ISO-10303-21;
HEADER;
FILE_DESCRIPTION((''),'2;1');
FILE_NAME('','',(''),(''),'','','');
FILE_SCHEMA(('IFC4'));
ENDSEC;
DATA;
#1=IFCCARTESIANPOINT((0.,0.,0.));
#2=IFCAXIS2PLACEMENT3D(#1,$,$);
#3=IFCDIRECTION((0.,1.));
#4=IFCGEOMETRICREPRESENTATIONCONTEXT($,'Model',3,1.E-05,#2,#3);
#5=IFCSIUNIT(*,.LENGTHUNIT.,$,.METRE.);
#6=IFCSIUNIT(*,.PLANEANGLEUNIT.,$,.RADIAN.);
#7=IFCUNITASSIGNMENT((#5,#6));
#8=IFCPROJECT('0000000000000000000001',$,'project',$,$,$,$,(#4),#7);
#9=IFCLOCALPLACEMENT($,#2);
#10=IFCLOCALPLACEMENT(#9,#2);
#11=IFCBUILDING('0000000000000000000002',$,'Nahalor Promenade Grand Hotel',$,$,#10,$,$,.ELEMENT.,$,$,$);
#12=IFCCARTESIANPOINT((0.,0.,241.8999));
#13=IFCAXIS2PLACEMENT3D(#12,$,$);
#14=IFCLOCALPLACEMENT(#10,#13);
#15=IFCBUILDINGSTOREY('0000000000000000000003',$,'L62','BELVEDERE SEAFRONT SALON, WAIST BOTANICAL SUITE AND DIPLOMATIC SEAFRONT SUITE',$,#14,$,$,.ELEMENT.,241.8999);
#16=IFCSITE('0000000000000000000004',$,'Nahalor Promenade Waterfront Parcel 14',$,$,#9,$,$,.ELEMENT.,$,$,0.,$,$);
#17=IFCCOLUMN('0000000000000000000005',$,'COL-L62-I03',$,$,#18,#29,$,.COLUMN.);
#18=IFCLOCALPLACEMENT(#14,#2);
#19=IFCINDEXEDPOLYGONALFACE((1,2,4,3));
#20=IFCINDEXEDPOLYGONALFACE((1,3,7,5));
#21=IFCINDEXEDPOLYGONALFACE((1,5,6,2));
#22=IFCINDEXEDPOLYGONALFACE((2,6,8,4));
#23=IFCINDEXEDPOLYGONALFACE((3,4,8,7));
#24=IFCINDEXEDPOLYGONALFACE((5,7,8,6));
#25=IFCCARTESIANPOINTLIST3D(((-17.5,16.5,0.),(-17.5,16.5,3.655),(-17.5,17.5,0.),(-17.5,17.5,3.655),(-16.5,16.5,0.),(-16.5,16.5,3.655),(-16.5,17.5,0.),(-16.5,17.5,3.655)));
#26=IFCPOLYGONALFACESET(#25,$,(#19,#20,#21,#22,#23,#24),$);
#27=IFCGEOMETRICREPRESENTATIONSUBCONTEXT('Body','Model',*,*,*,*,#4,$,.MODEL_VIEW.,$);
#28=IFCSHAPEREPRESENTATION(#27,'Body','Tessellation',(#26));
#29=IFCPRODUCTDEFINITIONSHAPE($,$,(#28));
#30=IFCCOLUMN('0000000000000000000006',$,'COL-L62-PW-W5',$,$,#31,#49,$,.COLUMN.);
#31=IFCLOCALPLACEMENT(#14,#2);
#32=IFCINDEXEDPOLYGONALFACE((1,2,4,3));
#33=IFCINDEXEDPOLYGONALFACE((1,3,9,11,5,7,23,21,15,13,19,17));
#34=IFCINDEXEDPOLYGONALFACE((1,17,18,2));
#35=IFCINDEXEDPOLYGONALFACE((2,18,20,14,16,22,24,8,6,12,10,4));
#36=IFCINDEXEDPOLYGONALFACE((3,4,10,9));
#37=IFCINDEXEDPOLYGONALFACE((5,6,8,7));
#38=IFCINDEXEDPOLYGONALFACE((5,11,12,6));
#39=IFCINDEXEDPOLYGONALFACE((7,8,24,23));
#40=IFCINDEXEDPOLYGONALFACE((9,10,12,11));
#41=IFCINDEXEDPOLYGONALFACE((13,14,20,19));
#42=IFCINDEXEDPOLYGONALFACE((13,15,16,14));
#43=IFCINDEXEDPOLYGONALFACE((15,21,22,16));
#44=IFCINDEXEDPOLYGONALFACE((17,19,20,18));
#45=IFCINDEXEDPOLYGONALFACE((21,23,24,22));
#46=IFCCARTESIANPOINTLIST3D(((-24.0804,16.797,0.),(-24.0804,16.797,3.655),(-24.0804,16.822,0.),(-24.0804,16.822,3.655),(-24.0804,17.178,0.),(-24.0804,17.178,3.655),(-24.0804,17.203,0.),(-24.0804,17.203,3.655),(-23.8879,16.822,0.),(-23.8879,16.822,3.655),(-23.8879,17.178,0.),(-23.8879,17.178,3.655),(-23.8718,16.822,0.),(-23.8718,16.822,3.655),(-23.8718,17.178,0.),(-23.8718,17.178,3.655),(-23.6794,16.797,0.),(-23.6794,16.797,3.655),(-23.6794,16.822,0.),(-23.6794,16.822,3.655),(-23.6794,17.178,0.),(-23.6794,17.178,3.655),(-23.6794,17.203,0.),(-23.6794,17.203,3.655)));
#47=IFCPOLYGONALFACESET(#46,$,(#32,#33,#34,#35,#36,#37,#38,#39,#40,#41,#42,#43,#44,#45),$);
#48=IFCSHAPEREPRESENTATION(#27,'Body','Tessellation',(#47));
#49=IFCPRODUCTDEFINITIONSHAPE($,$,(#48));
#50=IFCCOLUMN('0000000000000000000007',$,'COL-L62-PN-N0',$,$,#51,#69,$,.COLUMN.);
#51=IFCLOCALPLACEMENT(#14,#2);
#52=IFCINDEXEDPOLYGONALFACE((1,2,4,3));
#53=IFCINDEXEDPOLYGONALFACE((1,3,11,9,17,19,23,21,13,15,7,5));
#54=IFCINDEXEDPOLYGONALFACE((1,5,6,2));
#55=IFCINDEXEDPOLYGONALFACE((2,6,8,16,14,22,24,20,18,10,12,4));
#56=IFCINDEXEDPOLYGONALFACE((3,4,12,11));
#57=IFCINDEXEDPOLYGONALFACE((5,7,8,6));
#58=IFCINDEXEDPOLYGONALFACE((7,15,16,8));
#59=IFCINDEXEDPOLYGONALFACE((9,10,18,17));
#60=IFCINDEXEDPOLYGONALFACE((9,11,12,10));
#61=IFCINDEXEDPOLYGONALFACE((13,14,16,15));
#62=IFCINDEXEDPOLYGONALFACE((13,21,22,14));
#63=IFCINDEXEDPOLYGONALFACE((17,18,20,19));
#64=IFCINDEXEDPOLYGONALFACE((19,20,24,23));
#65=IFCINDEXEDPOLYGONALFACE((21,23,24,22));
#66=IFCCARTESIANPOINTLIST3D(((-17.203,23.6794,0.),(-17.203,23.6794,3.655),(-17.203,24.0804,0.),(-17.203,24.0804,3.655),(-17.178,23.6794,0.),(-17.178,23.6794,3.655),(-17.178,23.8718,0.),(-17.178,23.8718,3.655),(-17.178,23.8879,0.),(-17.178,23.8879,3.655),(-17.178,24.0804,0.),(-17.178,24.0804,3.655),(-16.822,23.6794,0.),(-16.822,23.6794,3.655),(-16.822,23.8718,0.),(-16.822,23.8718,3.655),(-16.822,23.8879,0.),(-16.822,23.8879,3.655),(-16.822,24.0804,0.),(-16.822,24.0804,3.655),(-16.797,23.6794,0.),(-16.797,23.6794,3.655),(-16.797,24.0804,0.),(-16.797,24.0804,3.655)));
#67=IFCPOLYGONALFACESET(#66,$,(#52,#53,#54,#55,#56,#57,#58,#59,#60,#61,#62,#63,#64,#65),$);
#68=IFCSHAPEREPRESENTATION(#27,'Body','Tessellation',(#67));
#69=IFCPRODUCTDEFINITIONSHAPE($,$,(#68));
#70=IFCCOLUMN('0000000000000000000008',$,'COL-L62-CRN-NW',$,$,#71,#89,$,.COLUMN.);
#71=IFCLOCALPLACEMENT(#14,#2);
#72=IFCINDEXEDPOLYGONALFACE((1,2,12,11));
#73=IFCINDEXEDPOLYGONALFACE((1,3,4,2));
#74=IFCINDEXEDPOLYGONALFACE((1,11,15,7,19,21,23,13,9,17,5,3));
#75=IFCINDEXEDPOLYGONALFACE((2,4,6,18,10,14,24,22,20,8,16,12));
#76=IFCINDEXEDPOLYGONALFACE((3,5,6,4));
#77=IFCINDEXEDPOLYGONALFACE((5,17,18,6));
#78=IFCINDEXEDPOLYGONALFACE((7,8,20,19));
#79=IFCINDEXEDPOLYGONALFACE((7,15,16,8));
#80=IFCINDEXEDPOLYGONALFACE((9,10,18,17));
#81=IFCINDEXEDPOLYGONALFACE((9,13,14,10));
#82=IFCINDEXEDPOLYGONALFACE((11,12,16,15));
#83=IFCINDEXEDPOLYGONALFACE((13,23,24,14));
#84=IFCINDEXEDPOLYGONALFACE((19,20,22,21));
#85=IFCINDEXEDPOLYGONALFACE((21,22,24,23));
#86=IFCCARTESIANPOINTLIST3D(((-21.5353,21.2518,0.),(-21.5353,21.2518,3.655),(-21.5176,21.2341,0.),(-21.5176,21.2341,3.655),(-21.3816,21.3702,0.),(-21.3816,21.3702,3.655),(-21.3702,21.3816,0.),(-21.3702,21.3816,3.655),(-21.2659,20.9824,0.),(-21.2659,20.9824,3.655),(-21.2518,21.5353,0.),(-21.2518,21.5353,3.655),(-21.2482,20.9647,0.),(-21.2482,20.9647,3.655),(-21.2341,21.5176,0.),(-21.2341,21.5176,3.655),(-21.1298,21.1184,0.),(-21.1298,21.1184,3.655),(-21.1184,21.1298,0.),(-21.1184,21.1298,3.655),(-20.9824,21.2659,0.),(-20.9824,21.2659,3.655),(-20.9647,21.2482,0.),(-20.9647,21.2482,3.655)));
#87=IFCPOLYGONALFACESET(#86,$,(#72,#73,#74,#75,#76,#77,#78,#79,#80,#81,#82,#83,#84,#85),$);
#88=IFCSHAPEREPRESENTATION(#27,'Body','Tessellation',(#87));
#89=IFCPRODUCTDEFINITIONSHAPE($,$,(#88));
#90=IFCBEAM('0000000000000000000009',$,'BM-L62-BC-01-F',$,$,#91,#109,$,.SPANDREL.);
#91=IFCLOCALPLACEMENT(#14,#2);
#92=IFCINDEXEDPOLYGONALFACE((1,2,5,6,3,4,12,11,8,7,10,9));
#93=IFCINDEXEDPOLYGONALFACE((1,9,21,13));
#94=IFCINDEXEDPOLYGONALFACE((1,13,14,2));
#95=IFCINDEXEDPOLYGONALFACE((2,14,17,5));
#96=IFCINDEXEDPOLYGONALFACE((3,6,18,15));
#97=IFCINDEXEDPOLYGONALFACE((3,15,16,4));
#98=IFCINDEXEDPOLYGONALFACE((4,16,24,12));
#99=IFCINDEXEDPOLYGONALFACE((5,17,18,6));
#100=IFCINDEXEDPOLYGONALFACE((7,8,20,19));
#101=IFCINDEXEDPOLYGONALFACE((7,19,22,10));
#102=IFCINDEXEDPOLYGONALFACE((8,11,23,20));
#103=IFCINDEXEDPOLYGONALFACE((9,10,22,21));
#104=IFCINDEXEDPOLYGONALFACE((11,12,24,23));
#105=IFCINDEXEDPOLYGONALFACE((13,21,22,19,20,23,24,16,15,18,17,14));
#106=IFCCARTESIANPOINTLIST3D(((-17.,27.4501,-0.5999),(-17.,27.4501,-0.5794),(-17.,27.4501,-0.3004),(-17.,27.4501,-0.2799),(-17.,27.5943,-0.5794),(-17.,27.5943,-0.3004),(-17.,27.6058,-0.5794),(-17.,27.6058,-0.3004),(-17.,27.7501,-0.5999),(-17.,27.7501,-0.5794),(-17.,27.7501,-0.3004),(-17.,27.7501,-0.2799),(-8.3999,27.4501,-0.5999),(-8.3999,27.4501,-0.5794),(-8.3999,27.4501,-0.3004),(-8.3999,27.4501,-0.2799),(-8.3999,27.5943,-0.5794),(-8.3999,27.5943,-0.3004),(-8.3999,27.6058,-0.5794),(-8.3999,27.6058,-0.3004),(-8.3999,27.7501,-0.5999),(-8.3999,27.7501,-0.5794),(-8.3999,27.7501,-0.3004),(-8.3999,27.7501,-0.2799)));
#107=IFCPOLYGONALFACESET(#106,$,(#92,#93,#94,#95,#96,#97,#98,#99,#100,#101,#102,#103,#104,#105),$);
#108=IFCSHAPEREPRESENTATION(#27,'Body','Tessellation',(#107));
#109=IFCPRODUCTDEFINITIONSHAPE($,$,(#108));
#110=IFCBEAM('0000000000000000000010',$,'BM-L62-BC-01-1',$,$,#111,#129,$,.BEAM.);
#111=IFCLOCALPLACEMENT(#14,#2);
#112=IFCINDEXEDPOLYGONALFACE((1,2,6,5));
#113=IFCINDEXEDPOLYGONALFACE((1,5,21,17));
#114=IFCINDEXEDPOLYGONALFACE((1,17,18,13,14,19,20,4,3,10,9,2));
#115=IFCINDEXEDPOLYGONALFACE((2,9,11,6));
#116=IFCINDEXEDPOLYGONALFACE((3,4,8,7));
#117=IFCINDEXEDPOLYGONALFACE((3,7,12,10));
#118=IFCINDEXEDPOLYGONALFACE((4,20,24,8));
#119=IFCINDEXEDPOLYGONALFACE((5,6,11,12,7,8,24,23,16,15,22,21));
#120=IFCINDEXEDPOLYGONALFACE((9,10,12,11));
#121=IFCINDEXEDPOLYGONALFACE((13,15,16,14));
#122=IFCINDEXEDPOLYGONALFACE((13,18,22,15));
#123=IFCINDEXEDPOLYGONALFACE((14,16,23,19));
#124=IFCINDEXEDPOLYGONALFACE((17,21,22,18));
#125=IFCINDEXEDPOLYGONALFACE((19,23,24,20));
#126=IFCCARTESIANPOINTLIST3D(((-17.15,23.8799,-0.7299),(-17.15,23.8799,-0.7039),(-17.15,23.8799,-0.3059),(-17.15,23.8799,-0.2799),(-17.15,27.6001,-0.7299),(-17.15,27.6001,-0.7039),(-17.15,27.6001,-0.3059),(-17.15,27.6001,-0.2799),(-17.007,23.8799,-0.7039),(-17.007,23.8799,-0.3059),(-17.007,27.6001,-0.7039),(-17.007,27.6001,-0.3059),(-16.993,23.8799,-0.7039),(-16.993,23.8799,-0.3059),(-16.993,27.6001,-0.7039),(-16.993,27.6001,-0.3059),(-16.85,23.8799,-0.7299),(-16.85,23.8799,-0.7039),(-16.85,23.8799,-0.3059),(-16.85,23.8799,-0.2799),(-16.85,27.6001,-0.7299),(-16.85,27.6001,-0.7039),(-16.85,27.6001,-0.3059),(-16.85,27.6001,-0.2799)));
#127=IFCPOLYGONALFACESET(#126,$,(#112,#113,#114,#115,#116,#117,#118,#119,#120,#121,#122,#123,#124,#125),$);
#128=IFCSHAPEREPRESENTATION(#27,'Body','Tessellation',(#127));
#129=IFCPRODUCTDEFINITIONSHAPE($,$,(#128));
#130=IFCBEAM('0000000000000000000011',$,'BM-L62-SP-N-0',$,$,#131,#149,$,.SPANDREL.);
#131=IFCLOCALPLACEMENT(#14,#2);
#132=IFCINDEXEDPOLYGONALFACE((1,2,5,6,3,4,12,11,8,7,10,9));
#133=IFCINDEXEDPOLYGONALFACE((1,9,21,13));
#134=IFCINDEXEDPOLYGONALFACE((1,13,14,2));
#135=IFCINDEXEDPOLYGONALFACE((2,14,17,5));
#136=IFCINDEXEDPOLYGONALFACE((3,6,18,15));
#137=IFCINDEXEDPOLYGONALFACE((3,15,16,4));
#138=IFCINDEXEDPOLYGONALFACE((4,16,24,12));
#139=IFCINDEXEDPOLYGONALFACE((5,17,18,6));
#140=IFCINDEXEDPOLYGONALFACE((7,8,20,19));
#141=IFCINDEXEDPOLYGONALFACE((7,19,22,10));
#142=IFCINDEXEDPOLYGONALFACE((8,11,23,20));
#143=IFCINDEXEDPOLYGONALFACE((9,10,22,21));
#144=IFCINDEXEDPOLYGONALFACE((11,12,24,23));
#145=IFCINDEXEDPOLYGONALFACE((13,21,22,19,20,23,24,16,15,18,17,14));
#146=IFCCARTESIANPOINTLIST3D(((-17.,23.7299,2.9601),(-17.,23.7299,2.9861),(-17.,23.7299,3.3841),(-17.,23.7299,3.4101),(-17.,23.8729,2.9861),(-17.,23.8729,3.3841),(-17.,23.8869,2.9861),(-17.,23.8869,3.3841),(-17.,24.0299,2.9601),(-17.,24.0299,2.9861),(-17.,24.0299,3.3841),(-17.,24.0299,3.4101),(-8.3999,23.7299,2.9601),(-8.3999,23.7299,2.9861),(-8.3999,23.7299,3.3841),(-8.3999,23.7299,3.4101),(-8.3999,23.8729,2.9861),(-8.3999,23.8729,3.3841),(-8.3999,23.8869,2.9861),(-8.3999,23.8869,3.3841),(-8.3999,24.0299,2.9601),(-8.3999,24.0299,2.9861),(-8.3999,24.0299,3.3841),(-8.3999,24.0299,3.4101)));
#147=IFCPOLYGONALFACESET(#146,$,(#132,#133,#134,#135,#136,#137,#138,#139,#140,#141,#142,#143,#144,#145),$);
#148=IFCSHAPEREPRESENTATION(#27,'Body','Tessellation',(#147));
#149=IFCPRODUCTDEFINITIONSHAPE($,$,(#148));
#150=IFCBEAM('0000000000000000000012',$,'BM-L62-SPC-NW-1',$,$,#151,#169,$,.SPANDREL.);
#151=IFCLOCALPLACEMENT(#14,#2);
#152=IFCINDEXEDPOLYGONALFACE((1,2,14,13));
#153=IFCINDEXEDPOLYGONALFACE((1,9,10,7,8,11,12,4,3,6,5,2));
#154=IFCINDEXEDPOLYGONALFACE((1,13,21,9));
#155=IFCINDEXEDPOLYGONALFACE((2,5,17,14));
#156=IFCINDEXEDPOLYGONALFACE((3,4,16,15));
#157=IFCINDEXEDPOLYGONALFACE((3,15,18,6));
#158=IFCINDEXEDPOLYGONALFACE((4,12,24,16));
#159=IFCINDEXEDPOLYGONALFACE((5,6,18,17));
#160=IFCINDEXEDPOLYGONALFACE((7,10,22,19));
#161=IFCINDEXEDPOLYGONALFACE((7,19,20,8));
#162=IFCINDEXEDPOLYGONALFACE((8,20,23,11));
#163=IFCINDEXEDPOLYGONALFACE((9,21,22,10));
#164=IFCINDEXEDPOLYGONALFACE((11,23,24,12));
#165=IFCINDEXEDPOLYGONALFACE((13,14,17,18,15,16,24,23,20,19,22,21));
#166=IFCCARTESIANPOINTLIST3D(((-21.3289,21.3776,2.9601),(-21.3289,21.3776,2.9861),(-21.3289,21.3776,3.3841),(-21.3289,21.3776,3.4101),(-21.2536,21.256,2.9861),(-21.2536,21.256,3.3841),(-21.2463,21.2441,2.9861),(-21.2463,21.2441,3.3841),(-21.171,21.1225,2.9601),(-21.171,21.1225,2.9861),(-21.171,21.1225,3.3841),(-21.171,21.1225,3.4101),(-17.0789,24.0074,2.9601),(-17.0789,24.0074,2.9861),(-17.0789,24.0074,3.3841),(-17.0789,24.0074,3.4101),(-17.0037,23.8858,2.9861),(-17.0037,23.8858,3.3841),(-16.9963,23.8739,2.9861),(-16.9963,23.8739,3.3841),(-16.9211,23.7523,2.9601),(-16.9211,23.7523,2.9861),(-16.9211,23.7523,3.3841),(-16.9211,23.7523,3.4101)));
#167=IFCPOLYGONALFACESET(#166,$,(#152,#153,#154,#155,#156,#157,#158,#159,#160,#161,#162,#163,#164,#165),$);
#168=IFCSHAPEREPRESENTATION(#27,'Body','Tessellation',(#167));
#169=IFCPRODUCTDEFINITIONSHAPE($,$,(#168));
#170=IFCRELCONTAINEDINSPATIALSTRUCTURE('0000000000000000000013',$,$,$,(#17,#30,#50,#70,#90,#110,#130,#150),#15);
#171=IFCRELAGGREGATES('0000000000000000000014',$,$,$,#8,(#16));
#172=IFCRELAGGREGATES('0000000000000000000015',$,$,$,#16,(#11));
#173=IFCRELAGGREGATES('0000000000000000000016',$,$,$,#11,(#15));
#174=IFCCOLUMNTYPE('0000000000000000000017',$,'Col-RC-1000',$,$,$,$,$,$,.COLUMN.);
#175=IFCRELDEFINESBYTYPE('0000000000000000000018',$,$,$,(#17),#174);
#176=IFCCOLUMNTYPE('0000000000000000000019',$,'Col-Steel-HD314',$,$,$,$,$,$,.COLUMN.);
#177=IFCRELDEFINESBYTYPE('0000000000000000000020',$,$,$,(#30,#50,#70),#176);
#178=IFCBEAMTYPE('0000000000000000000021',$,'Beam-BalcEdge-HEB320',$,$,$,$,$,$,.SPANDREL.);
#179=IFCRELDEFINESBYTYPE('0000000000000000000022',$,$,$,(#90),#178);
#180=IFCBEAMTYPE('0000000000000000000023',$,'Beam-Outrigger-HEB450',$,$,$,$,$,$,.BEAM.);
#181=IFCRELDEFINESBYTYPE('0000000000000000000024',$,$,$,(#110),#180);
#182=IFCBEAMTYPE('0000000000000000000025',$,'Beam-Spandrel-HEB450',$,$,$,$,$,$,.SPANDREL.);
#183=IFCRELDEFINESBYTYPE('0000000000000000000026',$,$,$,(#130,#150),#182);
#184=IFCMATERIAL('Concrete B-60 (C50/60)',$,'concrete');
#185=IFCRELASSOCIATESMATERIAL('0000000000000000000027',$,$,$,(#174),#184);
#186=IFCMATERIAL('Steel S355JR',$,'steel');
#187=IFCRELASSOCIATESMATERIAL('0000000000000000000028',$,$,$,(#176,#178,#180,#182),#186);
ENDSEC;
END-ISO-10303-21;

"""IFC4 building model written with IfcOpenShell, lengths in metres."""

from ifc_helpers import new_model, si_unit, direction, frame, origin, origin_2d, place, context, subcontext, project, spatial, rectangle, i_section, extrude, source, transform, mapped, material, material_profile, profile_set, type_object, element, save


model = new_model("IFC4")

# Units and contexts
model_context = context("Model", 3, precision=1e-05, world=origin(), true_north=direction((0.0, 1.0)))
body_context = subcontext(model_context, "Body", "Model", "MODEL_VIEW")
ifc_project = project(units=[si_unit("LENGTHUNIT", "METRE"), si_unit("PLANEANGLEUNIT", "RADIAN")], contexts=[model_context])

# Site, building, storey
site_placement = place(None, origin())
site = spatial("IfcSite", under=ifc_project, at=site_placement, Name="Nahalor Promenade Waterfront Parcel 14", CompositionType="ELEMENT", RefElevation=0.0)
building_placement = place(site_placement, origin())
building = spatial("IfcBuilding", under=site, at=building_placement, Name="Nahalor Promenade Grand Hotel", CompositionType="ELEMENT")
storey_placement = place(building_placement, frame((0.0, 0.0, 241.8999)))
storey = spatial("IfcBuildingStorey", under=building, at=storey_placement, Name="L62", Description="BELVEDERE SEAFRONT SALON, WAIST BOTANICAL SUITE AND DIPLOMATIC SEAFRONT SUITE", CompositionType="ELEMENT", Elevation=241.8999)

# Columns
ifc_material_1 = material(Name="Concrete B-60 (C50/60)", Category="concrete")
ifc_material_profile_1 = material_profile(ifc_material_1, rectangle(XDim=1.0, YDim=1.0, at=origin_2d()), Name="RC 1000x1000")
ifc_profile_set_1 = profile_set([ifc_material_profile_1], Name="Concrete B-60 (C50/60)")
column_type_1 = type_object("IfcColumnType", Name="Col-RC-1000", PredefinedType="COLUMN", material=ifc_profile_set_1)
shared_shape_1 = source(origin(), body_context, "Body", "SweptSolid", [
    extrude(rectangle(XDim=1.0, YDim=1.0, at=origin_2d()), origin(), (0.0, 0.0, 1.0), 3.655),
])
column_placement = place(storey_placement, frame((-17.0, 17.0, 0.0), z_axis=(0.0, 0.0, 1.0), x_axis=(1.0, 0.0, 0.0)))
element("IfcColumn", 1, at=column_placement, inside=storey, type_object=column_type_1, Name="COL-L62-I03", PredefinedType="COLUMN", context=body_context, shape_type="MappedRepresentation", body=[
    mapped(shared_shape_1, transform((0.0, 0.0, 0.0), scale=1.0)),
])
ifc_material_2 = material(Name="Steel S355JR", Category="steel")
ifc_material_profile_2 = material_profile(ifc_material_2, i_section(OverallWidth=0.401, OverallDepth=0.406, WebThickness=0.0161, FlangeThickness=0.025, at=origin_2d()), Name="HD 400x314")
ifc_profile_set_2 = profile_set([ifc_material_profile_2], Name="Steel S355JR")
column_type_2 = type_object("IfcColumnType", Name="Col-Steel-HD314", PredefinedType="COLUMN", material=ifc_profile_set_2)
shared_shape_2 = source(origin(), body_context, "Body", "SweptSolid", [
    extrude(i_section(OverallWidth=0.401, OverallDepth=0.406, WebThickness=0.0161, FlangeThickness=0.025, at=origin_2d()), origin(), (0.0, 0.0, 1.0), 3.655),
])
for number, where, z_axis, x_axis, name in (
    (2, (-23.8799, 17.0, 0.0), (0.0, 0.0, 1.0), (1.0, 0.0, 0.0), "COL-L62-PW-W5"),
    (3, (-17.0, 23.8799, 0.0), (0.0, 0.0, 1.0), (0.0, 1.0, 0.0), "COL-L62-PN-N0"),
    (4, (-21.25, 21.25, 0.0), (0.0, 0.0, 1.0), (0.707107, 0.707107, 0.0), "COL-L62-CRN-NW"),
):
    element("IfcColumn", number, at=place(storey_placement, frame(where, z_axis=z_axis, x_axis=x_axis)), inside=storey, type_object=column_type_2, Name=name, PredefinedType="COLUMN", context=body_context, shape_type="MappedRepresentation", body=[
        mapped(shared_shape_2, transform((0.0, 0.0, 0.0), scale=1.0)),
    ])

# Beams
ifc_material_profile_3 = material_profile(ifc_material_2, i_section(OverallWidth=0.3, OverallDepth=0.32, WebThickness=0.0115, FlangeThickness=0.0205, at=origin_2d()), Name="HEB 320")
ifc_profile_set_3 = profile_set([ifc_material_profile_3], Name="Steel S355JR")
beam_type_1 = type_object("IfcBeamType", Name="Beam-BalcEdge-HEB320", PredefinedType="SPANDREL", material=ifc_profile_set_3)
shared_shape_3 = source(origin(), body_context, "Body", "SweptSolid", [
    extrude(i_section(OverallWidth=0.3, OverallDepth=0.32, WebThickness=0.0115, FlangeThickness=0.0205, at=origin_2d()), origin(), (0.0, 0.0, 1.0), 8.6001),
])
beam_1_placement = place(storey_placement, frame((-17.0, 27.6001, -0.4399), z_axis=(1.0, 0.0, 0.0), x_axis=(0.0, 1.0, 0.0)))
element("IfcBeam", 5, at=beam_1_placement, inside=storey, type_object=beam_type_1, Name="BM-L62-BC-01-F", PredefinedType="SPANDREL", context=body_context, shape_type="MappedRepresentation", body=[
    mapped(shared_shape_3, transform((0.0, 0.0, 0.0), scale=1.0)),
])
ifc_material_profile_4 = material_profile(ifc_material_2, i_section(OverallWidth=0.3, OverallDepth=0.45, WebThickness=0.014, FlangeThickness=0.026, at=origin_2d()), Name="HEB 450")
ifc_profile_set_4 = profile_set([ifc_material_profile_4], Name="Steel S355JR")
beam_type_2 = type_object("IfcBeamType", Name="Beam-Outrigger-HEB450", PredefinedType="BEAM", material=ifc_profile_set_4)
shared_shape_4 = source(origin(), body_context, "Body", "SweptSolid", [
    extrude(i_section(OverallWidth=0.3, OverallDepth=0.45, WebThickness=0.014, FlangeThickness=0.026, at=origin_2d()), origin(), (0.0, 0.0, 1.0), 3.7202),
])
beam_2_placement = place(storey_placement, frame((-17.0, 23.8799, -0.5049), z_axis=(0.0, 1.0, 0.0), x_axis=(-1.0, 0.0, 0.0)))
element("IfcBeam", 6, at=beam_2_placement, inside=storey, type_object=beam_type_2, Name="BM-L62-BC-01-1", PredefinedType="BEAM", context=body_context, shape_type="MappedRepresentation", body=[
    mapped(shared_shape_4, transform((0.0, 0.0, 0.0), scale=1.0)),
])
ifc_material_profile_5 = material_profile(ifc_material_2, i_section(OverallWidth=0.3, OverallDepth=0.45, WebThickness=0.014, FlangeThickness=0.026, at=origin_2d()), Name="HEB 450")
ifc_profile_set_5 = profile_set([ifc_material_profile_5], Name="Steel S355JR")
beam_type_3 = type_object("IfcBeamType", Name="Beam-Spandrel-HEB450", PredefinedType="SPANDREL", material=ifc_profile_set_5)
shared_shape_5 = source(origin(), body_context, "Body", "SweptSolid", [
    extrude(i_section(OverallWidth=0.3, OverallDepth=0.45, WebThickness=0.014, FlangeThickness=0.026, at=origin_2d()), origin(), (0.0, 0.0, 1.0), 8.6001),
])
beam_3_placement = place(storey_placement, frame((-17.0, 23.8799, 3.1851), z_axis=(1.0, 0.0, 0.0), x_axis=(0.0, 1.0, 0.0)))
element("IfcBeam", 7, at=beam_3_placement, inside=storey, type_object=beam_type_3, Name="BM-L62-SP-N-0", PredefinedType="SPANDREL", context=body_context, shape_type="MappedRepresentation", body=[
    mapped(shared_shape_5, transform((0.0, 0.0, 0.0), scale=1.0)),
])
shared_shape_6 = source(origin(), body_context, "Body", "SweptSolid", [
    extrude(i_section(OverallWidth=0.3, OverallDepth=0.45, WebThickness=0.014, FlangeThickness=0.026, at=origin_2d()), origin(), (0.0, 0.0, 1.0), 4.9978),
])
for number, where, z_axis, x_axis, name in (
    (8, (-17.0, 23.8799, 3.1851), (-0.850361, -0.5262, 0.0), (0.5262, -0.850361, 0.0), "BM-L62-SPC-NW-1"),
):
    element("IfcBeam", number, at=place(storey_placement, frame(where, z_axis=z_axis, x_axis=x_axis)), inside=storey, type_object=beam_type_3, Name=name, PredefinedType="SPANDREL", context=body_context, shape_type="MappedRepresentation", body=[
        mapped(shared_shape_6, transform((0.0, 0.0, 0.0), scale=1.0)),
    ])

save(model, "model.ifc")
